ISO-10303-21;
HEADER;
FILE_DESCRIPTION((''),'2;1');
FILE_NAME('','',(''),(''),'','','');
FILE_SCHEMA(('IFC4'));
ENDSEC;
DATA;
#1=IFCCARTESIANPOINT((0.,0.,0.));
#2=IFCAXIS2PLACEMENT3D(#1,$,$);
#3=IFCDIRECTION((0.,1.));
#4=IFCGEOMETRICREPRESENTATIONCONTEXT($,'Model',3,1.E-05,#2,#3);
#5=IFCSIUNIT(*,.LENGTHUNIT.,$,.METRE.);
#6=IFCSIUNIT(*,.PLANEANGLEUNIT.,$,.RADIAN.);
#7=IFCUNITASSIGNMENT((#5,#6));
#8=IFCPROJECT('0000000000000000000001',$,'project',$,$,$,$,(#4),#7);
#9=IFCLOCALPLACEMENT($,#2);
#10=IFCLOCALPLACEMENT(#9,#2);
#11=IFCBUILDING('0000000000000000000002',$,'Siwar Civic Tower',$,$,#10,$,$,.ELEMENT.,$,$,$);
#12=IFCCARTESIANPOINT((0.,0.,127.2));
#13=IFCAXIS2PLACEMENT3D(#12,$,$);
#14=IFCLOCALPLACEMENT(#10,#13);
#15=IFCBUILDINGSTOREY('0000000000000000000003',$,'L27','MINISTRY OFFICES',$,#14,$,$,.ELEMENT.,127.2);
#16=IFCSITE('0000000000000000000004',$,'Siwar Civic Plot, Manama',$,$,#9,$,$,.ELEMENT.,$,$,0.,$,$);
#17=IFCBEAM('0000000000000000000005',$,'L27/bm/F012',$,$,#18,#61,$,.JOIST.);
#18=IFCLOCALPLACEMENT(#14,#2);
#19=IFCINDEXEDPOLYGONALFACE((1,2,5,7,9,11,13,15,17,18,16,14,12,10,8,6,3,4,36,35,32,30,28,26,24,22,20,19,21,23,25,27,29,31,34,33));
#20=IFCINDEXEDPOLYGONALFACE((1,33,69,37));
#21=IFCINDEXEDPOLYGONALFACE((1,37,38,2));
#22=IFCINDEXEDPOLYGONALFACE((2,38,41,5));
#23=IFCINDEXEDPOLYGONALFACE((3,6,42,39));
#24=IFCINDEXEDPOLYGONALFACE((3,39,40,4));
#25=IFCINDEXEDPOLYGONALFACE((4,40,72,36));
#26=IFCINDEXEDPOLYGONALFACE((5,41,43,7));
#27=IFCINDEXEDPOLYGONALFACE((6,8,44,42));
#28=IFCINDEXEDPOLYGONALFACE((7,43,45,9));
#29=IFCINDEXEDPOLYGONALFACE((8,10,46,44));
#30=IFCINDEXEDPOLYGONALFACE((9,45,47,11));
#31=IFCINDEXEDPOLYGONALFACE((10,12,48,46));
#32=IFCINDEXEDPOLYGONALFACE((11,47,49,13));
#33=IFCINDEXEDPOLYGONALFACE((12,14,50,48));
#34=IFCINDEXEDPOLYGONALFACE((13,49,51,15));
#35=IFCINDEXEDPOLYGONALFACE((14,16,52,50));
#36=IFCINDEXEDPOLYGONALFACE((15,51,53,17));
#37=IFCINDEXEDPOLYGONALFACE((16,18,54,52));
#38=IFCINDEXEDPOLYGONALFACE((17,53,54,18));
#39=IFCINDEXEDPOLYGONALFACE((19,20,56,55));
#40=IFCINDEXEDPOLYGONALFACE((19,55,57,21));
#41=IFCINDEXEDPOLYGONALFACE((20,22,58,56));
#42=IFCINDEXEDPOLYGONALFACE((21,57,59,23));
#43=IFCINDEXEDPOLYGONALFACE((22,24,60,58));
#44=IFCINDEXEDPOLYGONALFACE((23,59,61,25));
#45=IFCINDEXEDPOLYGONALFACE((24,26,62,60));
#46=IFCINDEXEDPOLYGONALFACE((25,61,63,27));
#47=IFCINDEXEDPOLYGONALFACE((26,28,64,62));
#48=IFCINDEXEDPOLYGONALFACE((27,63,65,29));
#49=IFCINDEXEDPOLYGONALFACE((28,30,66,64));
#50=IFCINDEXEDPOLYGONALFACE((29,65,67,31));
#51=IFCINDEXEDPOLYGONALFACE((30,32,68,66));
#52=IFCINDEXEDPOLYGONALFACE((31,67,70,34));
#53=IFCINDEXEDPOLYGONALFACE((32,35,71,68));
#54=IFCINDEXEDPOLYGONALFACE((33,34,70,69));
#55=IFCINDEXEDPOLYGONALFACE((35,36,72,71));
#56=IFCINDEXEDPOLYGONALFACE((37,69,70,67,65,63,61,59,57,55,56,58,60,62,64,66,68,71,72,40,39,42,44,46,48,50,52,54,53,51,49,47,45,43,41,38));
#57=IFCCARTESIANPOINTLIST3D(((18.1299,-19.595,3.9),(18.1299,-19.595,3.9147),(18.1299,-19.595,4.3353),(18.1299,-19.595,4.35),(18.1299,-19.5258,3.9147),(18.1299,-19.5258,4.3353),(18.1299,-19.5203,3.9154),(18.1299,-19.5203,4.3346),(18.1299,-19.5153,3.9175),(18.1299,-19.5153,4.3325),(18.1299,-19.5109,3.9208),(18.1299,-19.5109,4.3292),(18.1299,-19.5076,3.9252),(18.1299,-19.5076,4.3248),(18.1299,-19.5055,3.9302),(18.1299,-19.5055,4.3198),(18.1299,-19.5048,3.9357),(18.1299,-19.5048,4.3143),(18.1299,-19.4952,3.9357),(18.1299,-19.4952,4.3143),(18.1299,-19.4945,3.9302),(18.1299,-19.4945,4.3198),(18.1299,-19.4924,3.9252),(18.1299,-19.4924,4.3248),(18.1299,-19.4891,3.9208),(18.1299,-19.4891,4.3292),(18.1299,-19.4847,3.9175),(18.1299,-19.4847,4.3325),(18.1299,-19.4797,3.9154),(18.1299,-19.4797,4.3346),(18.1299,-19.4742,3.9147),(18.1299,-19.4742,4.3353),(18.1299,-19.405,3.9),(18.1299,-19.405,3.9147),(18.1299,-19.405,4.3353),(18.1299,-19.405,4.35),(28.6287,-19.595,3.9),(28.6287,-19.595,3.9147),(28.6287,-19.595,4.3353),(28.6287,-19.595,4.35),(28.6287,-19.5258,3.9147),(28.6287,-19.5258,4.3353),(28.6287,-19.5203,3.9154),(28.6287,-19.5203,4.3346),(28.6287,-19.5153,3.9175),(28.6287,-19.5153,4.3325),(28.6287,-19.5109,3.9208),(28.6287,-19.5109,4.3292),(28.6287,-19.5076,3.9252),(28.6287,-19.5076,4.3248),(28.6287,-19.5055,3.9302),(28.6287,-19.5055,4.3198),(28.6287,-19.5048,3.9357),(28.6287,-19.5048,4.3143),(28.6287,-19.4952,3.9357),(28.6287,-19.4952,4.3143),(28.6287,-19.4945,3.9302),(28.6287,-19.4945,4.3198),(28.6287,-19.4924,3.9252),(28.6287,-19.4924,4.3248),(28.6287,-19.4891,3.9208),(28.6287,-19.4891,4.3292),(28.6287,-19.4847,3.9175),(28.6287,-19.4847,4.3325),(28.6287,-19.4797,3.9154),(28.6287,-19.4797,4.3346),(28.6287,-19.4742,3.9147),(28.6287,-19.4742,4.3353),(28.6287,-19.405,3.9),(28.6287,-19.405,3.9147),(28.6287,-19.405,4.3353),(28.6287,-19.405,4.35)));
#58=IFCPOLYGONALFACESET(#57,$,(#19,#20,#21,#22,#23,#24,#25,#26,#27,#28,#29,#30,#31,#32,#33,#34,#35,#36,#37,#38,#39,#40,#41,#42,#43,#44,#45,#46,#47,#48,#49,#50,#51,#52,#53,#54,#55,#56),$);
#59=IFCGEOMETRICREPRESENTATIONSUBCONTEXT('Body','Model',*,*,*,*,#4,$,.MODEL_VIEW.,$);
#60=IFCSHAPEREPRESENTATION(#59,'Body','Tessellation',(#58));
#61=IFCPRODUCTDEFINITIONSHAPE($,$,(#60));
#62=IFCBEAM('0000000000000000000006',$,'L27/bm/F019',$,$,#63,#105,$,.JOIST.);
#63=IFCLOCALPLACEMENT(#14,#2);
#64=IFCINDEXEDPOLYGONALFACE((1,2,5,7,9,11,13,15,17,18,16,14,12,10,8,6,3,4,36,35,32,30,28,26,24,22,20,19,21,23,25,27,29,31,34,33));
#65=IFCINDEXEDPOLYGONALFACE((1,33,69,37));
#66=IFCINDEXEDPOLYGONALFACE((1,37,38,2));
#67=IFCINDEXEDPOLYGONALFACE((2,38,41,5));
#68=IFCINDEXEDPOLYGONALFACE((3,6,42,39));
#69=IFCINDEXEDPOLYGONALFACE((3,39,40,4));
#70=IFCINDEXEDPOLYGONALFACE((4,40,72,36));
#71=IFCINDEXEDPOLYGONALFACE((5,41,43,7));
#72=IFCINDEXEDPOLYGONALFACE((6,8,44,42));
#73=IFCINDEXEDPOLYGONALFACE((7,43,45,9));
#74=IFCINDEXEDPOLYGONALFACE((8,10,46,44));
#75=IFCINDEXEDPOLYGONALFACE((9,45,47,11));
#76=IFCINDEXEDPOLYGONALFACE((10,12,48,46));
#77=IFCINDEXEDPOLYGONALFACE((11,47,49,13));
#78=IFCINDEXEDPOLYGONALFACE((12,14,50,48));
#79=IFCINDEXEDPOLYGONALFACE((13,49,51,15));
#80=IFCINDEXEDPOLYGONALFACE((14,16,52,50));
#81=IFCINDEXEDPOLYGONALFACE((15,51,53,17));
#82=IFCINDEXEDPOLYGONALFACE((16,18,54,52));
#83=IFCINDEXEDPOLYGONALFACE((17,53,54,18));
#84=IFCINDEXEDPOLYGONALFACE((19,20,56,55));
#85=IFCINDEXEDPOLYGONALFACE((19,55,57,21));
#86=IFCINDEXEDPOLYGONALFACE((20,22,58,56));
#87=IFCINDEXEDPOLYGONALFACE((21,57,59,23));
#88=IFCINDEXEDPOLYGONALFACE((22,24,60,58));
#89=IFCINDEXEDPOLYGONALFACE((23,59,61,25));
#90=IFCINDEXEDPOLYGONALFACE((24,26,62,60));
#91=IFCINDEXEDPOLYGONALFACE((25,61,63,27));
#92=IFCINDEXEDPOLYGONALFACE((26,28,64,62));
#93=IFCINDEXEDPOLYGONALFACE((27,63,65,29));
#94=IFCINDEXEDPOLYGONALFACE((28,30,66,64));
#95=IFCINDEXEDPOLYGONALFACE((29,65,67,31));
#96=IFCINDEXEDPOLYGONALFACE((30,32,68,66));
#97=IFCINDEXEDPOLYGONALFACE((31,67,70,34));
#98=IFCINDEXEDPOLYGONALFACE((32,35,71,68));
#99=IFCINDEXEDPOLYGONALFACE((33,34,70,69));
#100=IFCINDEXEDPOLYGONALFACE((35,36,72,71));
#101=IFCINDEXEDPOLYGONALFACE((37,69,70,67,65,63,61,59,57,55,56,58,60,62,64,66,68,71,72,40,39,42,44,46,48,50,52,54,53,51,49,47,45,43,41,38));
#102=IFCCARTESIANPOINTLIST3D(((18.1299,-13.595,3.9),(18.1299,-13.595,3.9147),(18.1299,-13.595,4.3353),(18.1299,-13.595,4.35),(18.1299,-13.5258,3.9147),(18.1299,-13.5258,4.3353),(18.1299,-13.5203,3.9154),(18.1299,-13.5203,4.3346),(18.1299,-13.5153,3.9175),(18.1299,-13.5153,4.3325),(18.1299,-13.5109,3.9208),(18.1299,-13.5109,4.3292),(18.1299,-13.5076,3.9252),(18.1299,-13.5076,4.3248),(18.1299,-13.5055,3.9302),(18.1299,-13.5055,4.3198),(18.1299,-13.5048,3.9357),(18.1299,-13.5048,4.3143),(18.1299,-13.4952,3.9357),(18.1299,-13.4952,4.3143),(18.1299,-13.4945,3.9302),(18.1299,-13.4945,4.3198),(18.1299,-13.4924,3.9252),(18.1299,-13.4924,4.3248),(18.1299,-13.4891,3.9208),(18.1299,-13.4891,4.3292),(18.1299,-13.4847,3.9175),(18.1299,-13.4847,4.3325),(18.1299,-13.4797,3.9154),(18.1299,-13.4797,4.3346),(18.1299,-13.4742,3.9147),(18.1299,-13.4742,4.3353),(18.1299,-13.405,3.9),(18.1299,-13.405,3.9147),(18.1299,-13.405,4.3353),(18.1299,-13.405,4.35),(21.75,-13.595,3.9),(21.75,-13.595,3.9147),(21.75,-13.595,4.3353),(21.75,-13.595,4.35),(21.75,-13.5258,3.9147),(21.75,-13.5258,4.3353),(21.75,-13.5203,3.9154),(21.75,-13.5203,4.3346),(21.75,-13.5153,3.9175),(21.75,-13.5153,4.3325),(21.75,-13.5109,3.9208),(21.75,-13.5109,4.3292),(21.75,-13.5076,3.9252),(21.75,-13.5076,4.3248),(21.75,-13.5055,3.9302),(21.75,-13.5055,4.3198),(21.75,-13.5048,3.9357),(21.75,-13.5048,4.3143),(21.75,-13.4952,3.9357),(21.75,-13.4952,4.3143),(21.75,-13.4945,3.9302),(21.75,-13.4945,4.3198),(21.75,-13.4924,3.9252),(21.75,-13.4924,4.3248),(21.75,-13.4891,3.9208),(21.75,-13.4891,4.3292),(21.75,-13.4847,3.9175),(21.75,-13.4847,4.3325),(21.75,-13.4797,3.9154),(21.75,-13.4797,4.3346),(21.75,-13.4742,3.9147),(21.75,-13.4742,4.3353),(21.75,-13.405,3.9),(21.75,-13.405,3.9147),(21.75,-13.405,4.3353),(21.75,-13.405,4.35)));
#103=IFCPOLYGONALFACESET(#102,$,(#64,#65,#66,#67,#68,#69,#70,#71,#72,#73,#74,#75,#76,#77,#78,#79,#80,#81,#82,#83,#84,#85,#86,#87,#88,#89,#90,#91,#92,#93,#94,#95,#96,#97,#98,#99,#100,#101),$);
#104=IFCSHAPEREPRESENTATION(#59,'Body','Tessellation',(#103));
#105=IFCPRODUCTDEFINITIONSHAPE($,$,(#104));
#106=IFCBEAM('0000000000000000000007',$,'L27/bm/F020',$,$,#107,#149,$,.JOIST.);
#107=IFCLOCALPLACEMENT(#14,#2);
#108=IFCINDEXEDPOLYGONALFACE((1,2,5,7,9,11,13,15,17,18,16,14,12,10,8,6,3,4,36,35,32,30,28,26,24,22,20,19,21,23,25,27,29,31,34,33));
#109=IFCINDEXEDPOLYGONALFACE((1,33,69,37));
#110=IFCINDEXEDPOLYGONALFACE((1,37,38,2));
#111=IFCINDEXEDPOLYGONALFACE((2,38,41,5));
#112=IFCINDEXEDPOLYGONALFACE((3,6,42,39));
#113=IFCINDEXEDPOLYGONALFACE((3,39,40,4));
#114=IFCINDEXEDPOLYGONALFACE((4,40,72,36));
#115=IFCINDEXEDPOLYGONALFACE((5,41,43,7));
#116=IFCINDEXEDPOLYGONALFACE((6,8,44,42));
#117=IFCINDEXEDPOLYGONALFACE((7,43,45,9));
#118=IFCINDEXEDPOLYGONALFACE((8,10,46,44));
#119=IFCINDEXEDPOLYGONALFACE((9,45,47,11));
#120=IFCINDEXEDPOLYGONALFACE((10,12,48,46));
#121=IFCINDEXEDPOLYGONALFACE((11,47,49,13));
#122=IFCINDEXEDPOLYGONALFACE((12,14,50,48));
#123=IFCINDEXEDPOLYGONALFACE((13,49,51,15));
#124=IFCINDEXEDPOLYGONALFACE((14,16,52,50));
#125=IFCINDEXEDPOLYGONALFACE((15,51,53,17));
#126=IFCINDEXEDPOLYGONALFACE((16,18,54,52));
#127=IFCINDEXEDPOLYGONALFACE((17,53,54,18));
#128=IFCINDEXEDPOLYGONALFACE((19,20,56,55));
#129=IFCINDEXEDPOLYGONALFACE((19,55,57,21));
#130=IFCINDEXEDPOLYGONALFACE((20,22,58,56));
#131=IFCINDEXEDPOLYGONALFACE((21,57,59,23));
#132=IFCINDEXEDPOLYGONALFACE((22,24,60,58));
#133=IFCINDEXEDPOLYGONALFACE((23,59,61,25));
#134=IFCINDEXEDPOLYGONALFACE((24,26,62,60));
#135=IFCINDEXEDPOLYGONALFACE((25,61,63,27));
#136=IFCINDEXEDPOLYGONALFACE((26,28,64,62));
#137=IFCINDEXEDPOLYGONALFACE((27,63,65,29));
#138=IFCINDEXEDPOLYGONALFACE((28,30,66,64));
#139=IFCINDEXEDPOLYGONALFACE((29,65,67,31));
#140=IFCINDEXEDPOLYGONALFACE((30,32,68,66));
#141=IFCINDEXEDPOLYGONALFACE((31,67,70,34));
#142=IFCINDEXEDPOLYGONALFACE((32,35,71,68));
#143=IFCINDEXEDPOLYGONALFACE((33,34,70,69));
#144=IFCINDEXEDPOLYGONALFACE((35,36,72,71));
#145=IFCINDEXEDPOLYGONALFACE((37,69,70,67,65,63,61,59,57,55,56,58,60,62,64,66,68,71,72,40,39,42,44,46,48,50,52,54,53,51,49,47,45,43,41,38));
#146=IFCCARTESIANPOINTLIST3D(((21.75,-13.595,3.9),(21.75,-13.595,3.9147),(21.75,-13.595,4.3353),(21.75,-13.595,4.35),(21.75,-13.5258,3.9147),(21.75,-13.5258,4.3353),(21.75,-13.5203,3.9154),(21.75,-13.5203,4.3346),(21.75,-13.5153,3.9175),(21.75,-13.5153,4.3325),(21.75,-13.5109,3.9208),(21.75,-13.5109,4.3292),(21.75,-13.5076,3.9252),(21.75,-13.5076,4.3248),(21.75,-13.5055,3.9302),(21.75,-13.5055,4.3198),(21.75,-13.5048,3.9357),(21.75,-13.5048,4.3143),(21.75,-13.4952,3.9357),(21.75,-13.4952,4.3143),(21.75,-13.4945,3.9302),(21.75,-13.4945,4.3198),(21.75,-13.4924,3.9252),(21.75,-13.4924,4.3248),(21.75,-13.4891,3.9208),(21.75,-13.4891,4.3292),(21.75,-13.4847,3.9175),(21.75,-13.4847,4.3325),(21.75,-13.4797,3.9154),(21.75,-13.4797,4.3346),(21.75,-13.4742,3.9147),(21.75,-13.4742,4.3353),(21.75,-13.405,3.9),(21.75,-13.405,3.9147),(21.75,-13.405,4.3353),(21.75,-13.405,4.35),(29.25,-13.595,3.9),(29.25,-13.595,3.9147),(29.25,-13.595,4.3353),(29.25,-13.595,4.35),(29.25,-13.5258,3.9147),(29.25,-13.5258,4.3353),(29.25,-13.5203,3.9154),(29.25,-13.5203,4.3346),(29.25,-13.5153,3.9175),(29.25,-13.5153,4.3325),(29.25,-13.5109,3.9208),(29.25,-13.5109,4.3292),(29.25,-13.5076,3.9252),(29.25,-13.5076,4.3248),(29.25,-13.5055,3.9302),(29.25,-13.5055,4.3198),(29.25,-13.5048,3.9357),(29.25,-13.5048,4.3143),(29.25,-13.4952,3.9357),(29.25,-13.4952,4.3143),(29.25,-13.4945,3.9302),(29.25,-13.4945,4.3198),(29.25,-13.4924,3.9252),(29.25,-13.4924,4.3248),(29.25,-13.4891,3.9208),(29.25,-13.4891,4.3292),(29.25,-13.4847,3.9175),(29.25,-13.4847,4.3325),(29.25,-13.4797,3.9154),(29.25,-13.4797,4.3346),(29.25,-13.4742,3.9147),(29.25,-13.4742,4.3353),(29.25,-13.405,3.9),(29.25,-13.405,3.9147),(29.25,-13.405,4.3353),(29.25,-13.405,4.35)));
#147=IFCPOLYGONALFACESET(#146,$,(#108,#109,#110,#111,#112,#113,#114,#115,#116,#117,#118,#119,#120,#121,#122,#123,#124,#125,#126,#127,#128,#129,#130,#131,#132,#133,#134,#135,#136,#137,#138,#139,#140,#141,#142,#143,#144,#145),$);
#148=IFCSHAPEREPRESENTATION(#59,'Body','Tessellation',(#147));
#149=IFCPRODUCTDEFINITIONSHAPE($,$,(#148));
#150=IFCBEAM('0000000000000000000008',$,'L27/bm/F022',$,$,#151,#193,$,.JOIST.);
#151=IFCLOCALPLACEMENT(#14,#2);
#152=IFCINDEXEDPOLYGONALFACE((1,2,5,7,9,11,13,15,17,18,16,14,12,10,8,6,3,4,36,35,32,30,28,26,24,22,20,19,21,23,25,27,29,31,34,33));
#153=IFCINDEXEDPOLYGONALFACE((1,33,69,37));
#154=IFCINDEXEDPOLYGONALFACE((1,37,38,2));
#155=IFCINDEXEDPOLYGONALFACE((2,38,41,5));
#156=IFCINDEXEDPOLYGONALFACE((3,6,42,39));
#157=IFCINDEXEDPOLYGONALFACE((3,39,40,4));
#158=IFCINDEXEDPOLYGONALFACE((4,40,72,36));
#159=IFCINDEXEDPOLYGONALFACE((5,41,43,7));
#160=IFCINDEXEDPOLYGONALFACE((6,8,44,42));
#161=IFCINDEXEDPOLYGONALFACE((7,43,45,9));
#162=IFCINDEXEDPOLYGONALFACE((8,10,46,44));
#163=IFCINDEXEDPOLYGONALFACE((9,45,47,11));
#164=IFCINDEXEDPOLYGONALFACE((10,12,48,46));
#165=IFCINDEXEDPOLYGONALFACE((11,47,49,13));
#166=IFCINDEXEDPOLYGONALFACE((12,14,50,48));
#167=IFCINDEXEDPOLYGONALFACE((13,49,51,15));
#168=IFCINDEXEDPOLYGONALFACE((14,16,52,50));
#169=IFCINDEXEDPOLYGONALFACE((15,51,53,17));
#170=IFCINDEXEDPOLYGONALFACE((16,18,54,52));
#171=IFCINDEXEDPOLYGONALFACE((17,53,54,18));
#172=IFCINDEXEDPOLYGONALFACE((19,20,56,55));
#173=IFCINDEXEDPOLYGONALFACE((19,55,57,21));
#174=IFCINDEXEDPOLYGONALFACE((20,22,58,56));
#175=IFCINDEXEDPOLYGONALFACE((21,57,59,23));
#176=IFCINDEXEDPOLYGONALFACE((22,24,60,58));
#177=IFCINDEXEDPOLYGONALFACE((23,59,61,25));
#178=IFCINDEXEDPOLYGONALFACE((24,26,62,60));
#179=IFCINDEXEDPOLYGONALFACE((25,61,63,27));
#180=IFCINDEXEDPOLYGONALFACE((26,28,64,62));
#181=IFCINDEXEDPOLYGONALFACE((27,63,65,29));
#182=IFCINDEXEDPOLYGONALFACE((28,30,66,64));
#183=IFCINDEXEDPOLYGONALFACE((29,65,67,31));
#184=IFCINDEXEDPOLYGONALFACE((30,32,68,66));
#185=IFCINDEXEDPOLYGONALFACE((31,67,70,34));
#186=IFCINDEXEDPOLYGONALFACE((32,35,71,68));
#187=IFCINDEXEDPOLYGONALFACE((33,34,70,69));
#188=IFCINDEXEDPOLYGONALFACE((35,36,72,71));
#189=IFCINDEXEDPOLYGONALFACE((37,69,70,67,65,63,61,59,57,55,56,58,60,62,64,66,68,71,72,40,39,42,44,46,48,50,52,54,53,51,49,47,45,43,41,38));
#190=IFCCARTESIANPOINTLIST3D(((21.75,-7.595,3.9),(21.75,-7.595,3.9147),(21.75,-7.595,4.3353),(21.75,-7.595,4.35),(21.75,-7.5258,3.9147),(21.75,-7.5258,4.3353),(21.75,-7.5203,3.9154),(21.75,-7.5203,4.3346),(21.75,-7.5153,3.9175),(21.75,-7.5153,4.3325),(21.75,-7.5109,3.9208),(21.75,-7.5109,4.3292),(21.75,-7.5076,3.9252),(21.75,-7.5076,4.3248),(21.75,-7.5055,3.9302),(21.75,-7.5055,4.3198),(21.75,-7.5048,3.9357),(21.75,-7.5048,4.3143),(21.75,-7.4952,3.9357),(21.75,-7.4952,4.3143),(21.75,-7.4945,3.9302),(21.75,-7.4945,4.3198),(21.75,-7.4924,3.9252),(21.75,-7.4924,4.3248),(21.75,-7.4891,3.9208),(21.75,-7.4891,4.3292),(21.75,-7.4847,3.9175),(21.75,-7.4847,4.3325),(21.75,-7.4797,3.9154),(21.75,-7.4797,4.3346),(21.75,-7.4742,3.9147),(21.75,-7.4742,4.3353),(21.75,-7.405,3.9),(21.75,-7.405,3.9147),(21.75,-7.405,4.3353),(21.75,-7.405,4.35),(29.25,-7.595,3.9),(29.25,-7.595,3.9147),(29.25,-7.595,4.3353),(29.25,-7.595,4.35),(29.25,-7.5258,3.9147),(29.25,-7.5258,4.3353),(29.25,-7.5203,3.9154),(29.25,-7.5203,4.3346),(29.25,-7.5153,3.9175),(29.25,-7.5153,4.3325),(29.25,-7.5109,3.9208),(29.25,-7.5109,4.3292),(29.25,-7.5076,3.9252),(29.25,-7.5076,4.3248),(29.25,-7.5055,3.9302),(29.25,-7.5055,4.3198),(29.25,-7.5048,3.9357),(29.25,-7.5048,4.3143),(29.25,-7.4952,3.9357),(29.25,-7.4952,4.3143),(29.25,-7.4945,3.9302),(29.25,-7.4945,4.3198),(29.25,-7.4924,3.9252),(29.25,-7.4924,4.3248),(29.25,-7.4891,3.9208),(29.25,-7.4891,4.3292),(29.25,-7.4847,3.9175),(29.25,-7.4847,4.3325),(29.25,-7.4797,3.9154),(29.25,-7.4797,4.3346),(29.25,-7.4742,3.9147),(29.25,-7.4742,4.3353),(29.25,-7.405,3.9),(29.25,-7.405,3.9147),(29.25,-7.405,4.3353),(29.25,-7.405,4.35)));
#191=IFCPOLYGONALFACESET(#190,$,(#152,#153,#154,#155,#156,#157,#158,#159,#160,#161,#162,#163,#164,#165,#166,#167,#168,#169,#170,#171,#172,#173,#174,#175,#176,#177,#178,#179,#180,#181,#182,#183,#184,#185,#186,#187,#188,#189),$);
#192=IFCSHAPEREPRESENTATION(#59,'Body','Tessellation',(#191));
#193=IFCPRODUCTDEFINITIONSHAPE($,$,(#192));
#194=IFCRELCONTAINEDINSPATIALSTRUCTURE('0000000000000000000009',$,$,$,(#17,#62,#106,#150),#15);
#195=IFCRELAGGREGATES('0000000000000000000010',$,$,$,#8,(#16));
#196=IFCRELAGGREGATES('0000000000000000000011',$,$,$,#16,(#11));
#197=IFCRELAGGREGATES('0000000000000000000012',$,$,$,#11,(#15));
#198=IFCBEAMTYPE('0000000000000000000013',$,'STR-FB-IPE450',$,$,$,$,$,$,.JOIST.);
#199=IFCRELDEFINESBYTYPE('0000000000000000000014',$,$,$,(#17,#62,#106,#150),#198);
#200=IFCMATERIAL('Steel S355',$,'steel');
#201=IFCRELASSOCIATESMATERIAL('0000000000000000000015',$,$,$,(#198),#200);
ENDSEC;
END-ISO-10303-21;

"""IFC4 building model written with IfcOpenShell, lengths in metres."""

from ifc_helpers import new_model, si_unit, direction, frame, origin, origin_2d, place, context, subcontext, project, spatial, i_section, extrude, material, material_profile, profile_set, type_object, element, save


model = new_model("IFC4")

# Units and contexts
model_context = context("Model", 3, precision=1e-05, world=origin(), true_north=direction((0.0, 1.0)))
body_context = subcontext(model_context, "Body", "Model", "MODEL_VIEW")
ifc_project = project(units=[si_unit("LENGTHUNIT", "METRE"), si_unit("PLANEANGLEUNIT", "RADIAN")], contexts=[model_context])

# Site, building, storey
site_placement = place(None, origin())
site = spatial("IfcSite", under=ifc_project, at=site_placement, Name="Siwar Civic Plot, Manama", CompositionType="ELEMENT", RefElevation=0.0)
building_placement = place(site_placement, origin())
building = spatial("IfcBuilding", under=site, at=building_placement, Name="Siwar Civic Tower", CompositionType="ELEMENT")
storey_placement = place(building_placement, frame((0.0, 0.0, 127.2)))
storey = spatial("IfcBuildingStorey", under=building, at=storey_placement, Name="L27", Description="MINISTRY OFFICES", CompositionType="ELEMENT", Elevation=127.2)

# Beams
ifc_material_1 = material(Name="Steel S355", Category="steel")
ifc_material_profile_1 = material_profile(ifc_material_1, i_section(OverallWidth=0.1899, OverallDepth=0.45, WebThickness=0.0095, FlangeThickness=0.0146, FilletRadius=0.021, at=origin_2d()), Name="IPE450")
ifc_profile_set_1 = profile_set([ifc_material_profile_1], Name="Steel S355")
beam_type_1 = type_object("IfcBeamType", Name="STR-FB-IPE450", PredefinedType="JOIST", material=ifc_profile_set_1)
beam_1_placement = place(storey_placement, frame((18.1299, -19.5, 4.125), z_axis=(1.0, 0.0, 0.0), x_axis=(0.0, 1.0, 0.0)))
element("IfcBeam", 1, at=beam_1_placement, inside=storey, type_object=beam_type_1, Name="L27/bm/F012", PredefinedType="JOIST", context=body_context, shape_type="SweptSolid", body=[
    extrude(i_section(OverallWidth=0.1899, OverallDepth=0.45, WebThickness=0.0095, FlangeThickness=0.0146, FilletRadius=0.021, at=origin_2d()), origin(), (0.0, 0.0, 1.0), 10.4988),
])
beam_2_placement = place(storey_placement, frame((18.1299, -13.5, 4.125), z_axis=(1.0, 0.0, 0.0), x_axis=(0.0, 1.0, 0.0)))
element("IfcBeam", 2, at=beam_2_placement, inside=storey, type_object=beam_type_1, Name="L27/bm/F019", PredefinedType="JOIST", context=body_context, shape_type="SweptSolid", body=[
    extrude(i_section(OverallWidth=0.1899, OverallDepth=0.45, WebThickness=0.0095, FlangeThickness=0.0146, FilletRadius=0.021, at=origin_2d()), origin(), (0.0, 0.0, 1.0), 3.6201),
])
for number, where, z_axis, x_axis, name in (
    (3, (21.75, -13.5, 4.125), (1.0, 0.0, 0.0), (0.0, 1.0, 0.0), "L27/bm/F020"),
    (4, (21.75, -7.5, 4.125), (1.0, 0.0, 0.0), (0.0, 1.0, 0.0), "L27/bm/F022"),
):
    element("IfcBeam", number, at=place(storey_placement, frame(where, z_axis=z_axis, x_axis=x_axis)), inside=storey, type_object=beam_type_1, Name=name, PredefinedType="JOIST", context=body_context, shape_type="SweptSolid", body=[
        extrude(i_section(OverallWidth=0.1899, OverallDepth=0.45, WebThickness=0.0095, FlangeThickness=0.0146, FilletRadius=0.021, at=origin_2d()), origin(), (0.0, 0.0, 1.0), 7.5),
    ])

save(model, "model.ifc")
